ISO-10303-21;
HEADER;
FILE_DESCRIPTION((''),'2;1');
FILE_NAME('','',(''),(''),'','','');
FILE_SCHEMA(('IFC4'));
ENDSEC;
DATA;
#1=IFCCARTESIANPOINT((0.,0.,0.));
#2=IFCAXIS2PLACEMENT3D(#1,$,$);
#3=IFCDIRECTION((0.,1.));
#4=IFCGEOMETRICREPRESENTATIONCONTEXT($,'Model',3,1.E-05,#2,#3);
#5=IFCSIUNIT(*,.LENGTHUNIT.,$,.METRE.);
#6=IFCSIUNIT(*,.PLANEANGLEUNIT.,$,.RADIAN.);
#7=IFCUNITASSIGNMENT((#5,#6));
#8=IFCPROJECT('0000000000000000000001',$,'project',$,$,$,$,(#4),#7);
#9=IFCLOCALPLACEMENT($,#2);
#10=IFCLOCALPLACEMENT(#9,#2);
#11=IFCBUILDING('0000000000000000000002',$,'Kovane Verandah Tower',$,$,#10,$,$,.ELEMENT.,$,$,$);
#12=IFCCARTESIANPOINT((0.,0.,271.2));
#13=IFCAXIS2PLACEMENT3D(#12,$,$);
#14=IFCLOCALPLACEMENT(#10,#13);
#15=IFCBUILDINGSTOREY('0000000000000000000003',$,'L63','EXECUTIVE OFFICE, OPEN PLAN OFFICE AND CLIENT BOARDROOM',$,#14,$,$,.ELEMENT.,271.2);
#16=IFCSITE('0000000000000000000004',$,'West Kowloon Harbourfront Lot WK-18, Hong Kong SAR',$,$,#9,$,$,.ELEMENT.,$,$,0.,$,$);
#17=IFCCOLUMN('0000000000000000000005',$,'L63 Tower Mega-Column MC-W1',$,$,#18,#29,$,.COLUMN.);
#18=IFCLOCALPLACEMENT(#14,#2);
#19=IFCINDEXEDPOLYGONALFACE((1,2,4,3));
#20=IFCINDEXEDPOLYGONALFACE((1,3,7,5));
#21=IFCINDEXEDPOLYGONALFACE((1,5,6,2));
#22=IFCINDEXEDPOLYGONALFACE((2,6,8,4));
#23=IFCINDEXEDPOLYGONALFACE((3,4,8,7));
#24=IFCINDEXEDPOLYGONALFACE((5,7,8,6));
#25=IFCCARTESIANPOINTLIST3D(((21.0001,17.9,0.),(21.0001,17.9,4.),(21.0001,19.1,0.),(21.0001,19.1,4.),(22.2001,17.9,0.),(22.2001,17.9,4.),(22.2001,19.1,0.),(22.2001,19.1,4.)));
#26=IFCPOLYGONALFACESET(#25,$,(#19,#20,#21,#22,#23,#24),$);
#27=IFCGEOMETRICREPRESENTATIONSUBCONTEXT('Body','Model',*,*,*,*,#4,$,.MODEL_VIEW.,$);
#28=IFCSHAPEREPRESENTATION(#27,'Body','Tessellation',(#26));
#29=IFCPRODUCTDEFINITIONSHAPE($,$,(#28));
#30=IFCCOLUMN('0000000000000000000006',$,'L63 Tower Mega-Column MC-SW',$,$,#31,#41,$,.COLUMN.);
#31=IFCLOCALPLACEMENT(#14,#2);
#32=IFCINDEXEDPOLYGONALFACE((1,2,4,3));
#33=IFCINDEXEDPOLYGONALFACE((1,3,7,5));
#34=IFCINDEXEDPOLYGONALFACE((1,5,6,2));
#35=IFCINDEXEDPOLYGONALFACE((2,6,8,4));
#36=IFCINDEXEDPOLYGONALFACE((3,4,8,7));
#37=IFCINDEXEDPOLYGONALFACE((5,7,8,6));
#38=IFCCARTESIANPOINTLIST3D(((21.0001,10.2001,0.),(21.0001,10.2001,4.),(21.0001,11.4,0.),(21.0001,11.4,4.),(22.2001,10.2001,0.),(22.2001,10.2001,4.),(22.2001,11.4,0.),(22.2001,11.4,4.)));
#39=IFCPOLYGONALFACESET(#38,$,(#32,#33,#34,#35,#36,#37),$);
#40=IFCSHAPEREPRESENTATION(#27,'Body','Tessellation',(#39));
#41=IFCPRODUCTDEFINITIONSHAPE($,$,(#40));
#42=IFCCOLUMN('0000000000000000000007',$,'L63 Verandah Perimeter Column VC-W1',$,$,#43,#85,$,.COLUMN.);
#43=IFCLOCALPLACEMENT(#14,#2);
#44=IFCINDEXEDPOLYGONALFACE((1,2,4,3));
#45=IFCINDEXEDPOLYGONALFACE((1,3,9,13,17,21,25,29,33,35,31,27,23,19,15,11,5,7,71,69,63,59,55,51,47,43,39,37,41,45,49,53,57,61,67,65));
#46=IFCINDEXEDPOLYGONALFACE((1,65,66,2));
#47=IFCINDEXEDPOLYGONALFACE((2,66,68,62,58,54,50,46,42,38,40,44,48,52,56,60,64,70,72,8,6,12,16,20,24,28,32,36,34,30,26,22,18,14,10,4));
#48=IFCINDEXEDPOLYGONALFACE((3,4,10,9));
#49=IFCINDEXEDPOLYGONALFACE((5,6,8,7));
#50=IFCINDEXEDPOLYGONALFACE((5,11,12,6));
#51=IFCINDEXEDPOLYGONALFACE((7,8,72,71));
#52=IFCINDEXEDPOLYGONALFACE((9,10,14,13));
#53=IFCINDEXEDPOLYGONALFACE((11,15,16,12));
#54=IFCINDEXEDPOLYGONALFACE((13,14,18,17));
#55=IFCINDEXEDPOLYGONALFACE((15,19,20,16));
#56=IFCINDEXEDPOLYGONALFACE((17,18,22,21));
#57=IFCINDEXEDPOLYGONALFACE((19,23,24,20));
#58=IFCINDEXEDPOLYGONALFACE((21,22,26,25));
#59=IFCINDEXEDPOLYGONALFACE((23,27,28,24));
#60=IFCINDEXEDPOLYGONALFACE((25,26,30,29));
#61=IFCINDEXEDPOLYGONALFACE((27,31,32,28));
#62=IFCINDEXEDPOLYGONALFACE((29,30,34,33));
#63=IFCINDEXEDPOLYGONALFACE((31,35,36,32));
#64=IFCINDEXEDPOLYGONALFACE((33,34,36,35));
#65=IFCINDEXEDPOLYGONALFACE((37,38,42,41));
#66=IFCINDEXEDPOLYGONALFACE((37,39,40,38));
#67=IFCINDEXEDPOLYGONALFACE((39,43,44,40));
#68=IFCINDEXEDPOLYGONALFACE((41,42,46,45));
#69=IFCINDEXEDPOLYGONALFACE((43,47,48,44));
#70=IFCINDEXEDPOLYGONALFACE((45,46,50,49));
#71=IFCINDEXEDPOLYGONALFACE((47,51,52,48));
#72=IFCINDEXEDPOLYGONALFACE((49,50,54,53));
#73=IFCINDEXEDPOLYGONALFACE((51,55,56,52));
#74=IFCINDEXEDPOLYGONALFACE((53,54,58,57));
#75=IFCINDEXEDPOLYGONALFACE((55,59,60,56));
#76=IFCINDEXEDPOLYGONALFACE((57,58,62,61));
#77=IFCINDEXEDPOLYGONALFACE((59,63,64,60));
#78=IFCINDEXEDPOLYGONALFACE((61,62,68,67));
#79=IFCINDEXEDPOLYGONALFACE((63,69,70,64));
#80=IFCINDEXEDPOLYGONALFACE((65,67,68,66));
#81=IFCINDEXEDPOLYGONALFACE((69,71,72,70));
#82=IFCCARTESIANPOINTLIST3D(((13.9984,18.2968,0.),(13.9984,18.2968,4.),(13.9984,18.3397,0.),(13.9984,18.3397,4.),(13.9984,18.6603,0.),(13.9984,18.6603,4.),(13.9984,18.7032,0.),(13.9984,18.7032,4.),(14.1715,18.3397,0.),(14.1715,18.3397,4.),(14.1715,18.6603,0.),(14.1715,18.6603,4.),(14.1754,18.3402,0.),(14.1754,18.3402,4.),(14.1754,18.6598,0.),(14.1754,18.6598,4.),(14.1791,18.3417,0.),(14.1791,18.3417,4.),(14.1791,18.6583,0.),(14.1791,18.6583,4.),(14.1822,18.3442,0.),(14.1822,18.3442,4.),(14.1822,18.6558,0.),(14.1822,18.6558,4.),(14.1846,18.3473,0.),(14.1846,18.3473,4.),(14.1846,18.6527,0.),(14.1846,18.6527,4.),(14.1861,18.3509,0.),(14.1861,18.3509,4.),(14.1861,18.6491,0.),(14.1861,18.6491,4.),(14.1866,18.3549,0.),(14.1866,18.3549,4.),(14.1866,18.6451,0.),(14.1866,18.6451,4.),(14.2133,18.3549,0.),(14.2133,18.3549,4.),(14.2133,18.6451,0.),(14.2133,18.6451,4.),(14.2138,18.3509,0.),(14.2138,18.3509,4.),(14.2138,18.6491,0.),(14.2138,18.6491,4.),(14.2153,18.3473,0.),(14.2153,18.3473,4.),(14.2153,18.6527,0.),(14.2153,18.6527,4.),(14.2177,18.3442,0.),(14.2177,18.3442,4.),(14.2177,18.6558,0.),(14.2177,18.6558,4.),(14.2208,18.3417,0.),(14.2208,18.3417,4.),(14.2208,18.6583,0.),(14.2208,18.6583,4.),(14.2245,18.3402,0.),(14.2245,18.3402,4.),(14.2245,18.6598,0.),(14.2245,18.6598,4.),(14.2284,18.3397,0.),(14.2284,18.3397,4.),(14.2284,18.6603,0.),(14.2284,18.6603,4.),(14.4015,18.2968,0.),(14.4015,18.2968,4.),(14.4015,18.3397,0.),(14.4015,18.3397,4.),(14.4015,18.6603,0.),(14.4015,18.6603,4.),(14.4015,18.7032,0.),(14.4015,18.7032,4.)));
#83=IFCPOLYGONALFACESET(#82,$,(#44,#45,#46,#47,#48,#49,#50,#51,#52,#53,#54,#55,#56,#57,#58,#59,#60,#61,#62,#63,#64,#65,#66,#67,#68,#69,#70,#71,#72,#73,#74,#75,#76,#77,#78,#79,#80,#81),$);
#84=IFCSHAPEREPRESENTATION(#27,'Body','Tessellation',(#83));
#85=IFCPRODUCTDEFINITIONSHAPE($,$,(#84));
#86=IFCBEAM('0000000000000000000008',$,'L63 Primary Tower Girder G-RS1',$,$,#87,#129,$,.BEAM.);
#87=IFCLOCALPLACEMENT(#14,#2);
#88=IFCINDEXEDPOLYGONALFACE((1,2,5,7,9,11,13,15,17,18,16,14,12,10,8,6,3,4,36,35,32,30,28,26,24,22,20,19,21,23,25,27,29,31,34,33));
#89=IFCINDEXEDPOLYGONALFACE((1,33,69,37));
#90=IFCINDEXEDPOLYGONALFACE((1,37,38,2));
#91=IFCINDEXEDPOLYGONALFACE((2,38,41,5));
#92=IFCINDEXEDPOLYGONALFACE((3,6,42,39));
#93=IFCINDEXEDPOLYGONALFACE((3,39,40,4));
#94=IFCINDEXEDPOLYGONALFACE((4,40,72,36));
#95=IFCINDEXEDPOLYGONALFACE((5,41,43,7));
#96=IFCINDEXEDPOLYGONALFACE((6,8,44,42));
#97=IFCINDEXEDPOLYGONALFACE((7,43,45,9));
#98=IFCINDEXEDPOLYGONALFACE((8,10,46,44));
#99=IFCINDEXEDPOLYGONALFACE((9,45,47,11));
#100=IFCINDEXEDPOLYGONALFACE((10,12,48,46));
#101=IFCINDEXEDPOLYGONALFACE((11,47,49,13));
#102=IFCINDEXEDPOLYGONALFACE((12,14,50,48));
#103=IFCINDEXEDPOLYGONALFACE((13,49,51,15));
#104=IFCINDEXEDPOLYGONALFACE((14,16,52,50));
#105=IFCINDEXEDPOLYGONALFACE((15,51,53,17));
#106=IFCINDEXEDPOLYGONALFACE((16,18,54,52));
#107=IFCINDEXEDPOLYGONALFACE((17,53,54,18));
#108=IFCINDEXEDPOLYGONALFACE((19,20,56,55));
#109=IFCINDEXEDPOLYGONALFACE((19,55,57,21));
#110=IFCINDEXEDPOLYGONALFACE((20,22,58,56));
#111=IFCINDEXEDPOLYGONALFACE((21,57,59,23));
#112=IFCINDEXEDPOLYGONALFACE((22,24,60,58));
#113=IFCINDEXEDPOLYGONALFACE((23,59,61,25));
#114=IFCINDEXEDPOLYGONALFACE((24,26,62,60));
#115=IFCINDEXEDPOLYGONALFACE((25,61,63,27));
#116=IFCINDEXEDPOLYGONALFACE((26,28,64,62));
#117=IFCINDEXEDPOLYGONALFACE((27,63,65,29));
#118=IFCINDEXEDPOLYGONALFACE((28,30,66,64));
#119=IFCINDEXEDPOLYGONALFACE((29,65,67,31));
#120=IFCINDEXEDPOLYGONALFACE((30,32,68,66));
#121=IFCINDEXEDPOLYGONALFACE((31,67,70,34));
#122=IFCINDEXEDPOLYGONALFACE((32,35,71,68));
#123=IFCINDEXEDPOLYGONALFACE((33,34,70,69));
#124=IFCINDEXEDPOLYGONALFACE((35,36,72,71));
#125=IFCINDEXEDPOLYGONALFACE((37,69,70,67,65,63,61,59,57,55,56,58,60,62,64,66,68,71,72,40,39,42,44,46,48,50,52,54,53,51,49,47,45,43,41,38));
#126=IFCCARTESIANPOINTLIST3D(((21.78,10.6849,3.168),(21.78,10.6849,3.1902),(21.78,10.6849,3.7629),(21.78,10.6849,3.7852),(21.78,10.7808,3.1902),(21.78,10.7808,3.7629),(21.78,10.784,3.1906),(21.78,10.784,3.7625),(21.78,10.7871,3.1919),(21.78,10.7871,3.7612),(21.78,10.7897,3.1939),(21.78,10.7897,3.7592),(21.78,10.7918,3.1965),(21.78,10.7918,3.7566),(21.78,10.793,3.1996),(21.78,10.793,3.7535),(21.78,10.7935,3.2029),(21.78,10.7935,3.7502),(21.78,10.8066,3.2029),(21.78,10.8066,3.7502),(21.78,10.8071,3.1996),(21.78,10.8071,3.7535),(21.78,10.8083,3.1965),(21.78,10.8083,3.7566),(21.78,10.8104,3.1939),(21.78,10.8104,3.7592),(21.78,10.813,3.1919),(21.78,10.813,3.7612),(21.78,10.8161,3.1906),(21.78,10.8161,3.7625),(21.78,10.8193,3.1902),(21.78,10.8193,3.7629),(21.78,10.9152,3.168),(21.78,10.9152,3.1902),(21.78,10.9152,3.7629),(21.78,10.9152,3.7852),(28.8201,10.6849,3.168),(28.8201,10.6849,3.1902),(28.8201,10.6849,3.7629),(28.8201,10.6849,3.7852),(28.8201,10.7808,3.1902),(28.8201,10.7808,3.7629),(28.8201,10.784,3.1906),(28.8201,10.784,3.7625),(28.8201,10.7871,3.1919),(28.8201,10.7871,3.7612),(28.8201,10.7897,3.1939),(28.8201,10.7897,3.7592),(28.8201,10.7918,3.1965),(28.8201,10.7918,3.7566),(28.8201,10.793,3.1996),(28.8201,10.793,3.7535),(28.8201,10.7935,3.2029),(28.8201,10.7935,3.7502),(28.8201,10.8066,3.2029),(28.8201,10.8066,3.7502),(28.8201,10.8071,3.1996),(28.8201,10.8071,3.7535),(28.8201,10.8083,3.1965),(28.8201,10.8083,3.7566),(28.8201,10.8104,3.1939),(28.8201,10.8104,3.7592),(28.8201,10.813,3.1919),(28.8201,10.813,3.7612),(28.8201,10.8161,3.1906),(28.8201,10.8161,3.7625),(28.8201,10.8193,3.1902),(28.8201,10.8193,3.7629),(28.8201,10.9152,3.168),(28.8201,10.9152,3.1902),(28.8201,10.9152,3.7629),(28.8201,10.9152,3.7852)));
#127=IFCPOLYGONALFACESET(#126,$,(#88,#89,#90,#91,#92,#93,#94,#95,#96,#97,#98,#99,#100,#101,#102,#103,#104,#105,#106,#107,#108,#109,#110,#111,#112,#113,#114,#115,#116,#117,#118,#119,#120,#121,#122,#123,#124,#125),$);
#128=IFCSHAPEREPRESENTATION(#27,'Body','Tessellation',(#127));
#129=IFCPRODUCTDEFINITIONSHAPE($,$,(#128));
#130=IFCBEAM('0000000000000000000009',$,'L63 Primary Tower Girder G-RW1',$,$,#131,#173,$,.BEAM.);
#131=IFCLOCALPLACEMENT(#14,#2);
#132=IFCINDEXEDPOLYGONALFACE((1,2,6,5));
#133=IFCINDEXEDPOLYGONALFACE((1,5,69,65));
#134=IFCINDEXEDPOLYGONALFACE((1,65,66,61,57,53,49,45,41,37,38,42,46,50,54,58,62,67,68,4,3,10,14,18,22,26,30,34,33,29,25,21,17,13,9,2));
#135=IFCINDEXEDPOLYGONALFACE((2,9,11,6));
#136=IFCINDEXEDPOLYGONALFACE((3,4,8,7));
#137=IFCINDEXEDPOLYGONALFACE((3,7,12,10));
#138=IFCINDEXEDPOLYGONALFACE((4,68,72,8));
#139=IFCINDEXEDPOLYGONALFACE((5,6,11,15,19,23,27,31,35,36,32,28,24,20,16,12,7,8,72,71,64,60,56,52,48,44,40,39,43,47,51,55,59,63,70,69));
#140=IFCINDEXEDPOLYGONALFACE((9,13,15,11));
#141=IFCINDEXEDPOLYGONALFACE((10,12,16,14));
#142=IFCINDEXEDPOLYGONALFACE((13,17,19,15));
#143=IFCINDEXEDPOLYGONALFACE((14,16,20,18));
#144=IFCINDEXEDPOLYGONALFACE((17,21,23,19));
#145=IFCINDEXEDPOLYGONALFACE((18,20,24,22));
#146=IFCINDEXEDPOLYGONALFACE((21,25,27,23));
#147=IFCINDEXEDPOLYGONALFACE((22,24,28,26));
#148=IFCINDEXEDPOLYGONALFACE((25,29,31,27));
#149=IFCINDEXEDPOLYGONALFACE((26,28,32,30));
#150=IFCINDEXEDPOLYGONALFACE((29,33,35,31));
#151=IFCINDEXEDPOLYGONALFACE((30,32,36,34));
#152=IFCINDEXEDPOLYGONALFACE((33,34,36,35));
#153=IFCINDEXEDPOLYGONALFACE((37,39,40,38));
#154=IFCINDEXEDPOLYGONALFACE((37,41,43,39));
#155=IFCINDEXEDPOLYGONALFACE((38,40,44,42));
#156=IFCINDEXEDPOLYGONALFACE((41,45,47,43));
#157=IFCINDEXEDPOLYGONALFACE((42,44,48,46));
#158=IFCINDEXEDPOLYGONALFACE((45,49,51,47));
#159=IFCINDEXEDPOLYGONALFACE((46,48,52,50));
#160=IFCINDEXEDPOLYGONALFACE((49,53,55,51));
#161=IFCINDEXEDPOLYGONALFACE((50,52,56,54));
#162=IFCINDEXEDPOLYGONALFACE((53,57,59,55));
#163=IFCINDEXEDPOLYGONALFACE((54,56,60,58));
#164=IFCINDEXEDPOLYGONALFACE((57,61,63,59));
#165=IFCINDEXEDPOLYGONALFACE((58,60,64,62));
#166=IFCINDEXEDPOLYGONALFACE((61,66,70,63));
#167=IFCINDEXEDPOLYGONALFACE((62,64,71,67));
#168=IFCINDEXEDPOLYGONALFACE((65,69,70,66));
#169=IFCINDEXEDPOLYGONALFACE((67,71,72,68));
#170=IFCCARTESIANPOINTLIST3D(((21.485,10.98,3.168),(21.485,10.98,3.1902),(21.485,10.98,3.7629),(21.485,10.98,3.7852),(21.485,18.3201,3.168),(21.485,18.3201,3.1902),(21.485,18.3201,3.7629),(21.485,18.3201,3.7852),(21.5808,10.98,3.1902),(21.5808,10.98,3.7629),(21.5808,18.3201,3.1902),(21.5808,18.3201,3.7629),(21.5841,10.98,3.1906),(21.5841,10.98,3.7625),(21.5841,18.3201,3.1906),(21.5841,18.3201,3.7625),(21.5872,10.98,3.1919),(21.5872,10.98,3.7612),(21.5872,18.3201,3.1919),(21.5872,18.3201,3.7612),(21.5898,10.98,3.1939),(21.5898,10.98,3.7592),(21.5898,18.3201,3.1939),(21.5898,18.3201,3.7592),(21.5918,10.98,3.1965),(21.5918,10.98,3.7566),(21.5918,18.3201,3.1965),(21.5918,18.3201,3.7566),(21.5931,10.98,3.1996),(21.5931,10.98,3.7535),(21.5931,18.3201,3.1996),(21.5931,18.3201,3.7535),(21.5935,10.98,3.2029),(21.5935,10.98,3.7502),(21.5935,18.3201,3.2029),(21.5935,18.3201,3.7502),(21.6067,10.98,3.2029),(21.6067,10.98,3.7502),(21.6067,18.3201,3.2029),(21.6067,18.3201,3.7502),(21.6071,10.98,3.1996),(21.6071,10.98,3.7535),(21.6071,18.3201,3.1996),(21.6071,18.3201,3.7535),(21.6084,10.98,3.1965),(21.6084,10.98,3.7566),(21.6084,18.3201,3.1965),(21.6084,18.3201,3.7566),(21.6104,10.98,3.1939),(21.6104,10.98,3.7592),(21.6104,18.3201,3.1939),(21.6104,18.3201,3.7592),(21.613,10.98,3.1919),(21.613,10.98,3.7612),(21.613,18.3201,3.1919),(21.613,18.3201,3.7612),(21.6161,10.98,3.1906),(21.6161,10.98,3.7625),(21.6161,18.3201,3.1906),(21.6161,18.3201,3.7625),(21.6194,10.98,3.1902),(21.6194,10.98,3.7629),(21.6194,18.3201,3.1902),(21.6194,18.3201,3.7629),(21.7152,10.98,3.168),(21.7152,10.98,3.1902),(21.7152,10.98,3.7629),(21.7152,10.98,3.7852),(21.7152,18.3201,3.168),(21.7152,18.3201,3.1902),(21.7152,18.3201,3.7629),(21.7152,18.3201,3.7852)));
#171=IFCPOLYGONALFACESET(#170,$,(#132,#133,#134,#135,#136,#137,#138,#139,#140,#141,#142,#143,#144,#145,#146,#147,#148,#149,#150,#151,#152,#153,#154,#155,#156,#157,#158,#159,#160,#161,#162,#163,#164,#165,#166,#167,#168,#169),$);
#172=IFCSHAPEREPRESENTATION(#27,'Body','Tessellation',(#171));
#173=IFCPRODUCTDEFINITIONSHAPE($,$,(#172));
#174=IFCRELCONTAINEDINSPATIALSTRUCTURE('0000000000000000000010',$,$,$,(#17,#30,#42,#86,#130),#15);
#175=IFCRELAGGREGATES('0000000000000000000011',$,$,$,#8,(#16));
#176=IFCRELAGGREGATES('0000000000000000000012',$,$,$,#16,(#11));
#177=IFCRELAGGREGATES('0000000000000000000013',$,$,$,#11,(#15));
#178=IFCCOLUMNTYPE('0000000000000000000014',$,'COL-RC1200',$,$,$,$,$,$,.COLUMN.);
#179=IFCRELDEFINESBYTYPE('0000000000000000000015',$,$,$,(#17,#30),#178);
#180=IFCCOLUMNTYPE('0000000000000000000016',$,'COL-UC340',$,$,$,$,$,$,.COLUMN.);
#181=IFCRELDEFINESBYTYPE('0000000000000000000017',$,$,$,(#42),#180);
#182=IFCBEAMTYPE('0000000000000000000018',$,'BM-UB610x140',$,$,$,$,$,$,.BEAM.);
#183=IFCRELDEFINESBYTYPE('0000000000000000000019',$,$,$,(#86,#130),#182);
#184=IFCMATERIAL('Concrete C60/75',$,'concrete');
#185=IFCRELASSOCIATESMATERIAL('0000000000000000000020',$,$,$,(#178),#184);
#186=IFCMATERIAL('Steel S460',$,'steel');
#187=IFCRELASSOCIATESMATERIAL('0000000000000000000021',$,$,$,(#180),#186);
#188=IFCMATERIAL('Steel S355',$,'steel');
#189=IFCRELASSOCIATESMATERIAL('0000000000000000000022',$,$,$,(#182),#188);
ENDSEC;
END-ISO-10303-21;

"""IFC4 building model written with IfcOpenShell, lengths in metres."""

from ifc_helpers import new_model, si_unit, direction, frame, origin, origin_2d, place, context, subcontext, project, spatial, rectangle, i_section, extrude, material, material_profile, profile_set, type_object, element, save


model = new_model("IFC4")

# Units and contexts
model_context = context("Model", 3, precision=1e-05, world=origin(), true_north=direction((0.0, 1.0)))
body_context = subcontext(model_context, "Body", "Model", "MODEL_VIEW")
ifc_project = project(units=[si_unit("LENGTHUNIT", "METRE"), si_unit("PLANEANGLEUNIT", "RADIAN")], contexts=[model_context])

# Site, building, storey
site_placement = place(None, origin())
site = spatial("IfcSite", under=ifc_project, at=site_placement, Name="West Kowloon Harbourfront Lot WK-18, Hong Kong SAR", CompositionType="ELEMENT", RefElevation=0.0)
building_placement = place(site_placement, origin())
building = spatial("IfcBuilding", under=site, at=building_placement, Name="Kovane Verandah Tower", CompositionType="ELEMENT")
storey_placement = place(building_placement, frame((0.0, 0.0, 271.2)))
storey = spatial("IfcBuildingStorey", under=building, at=storey_placement, Name="L63", Description="EXECUTIVE OFFICE, OPEN PLAN OFFICE AND CLIENT BOARDROOM", CompositionType="ELEMENT", Elevation=271.2)

# Columns
ifc_material_1 = material(Name="Concrete C60/75", Category="concrete")
ifc_material_profile_1 = material_profile(ifc_material_1, rectangle(XDim=1.2, YDim=1.2, at=origin_2d()), Name="RC1200x1200")
ifc_profile_set_1 = profile_set([ifc_material_profile_1], Name="Concrete C60/75")
column_type_1 = type_object("IfcColumnType", Name="COL-RC1200", PredefinedType="COLUMN", material=ifc_profile_set_1)
for number, where, z_axis, x_axis, name in (
    (1, (21.6001, 18.5, 0.0), (0.0, 0.0, 1.0), (1.0, 0.0, 0.0), "L63 Tower Mega-Column MC-W1"),
    (2, (21.6001, 10.8, 0.0), (0.0, 0.0, 1.0), (1.0, 0.0, 0.0), "L63 Tower Mega-Column MC-SW"),
):
    element("IfcColumn", number, at=place(storey_placement, frame(where, z_axis=z_axis, x_axis=x_axis)), inside=storey, type_object=column_type_1, Name=name, PredefinedType="COLUMN", context=body_context, shape_type="SweptSolid", body=[
        extrude(rectangle(XDim=1.2, YDim=1.2, at=origin_2d()), origin(), (0.0, 0.0, 1.0), 4.0),
    ])
ifc_material_2 = material(Name="Steel S460", Category="steel")
ifc_material_profile_2 = material_profile(ifc_material_2, i_section(OverallWidth=0.4031, OverallDepth=0.4065, WebThickness=0.0266, FlangeThickness=0.043, FilletRadius=0.0151, at=origin_2d()), Name="UC356x406x340")
ifc_profile_set_2 = profile_set([ifc_material_profile_2], Name="Steel S460")
column_type_2 = type_object("IfcColumnType", Name="COL-UC340", PredefinedType="COLUMN", material=ifc_profile_set_2)
column_placement = place(storey_placement, frame((14.2, 18.5, 0.0), z_axis=(0.0, 0.0, 1.0), x_axis=(1.0, 0.0, 0.0)))
element("IfcColumn", 3, at=column_placement, inside=storey, type_object=column_type_2, Name="L63 Verandah Perimeter Column VC-W1", PredefinedType="COLUMN", context=body_context, shape_type="SweptSolid", body=[
    extrude(i_section(OverallWidth=0.4031, OverallDepth=0.4065, WebThickness=0.0266, FlangeThickness=0.043, FilletRadius=0.0151, at=origin_2d()), origin(), (0.0, 0.0, 1.0), 4.0),
])

# Beams
ifc_material_3 = material(Name="Steel S355", Category="steel")
ifc_material_profile_3 = material_profile(ifc_material_3, i_section(OverallWidth=0.2302, OverallDepth=0.6172, WebThickness=0.0132, FlangeThickness=0.0222, FilletRadius=0.0127, at=origin_2d()), Name="UB610x229x140")
ifc_profile_set_3 = profile_set([ifc_material_profile_3], Name="Steel S355")
beam_type_1 = type_object("IfcBeamType", Name="BM-UB610x140", PredefinedType="BEAM", material=ifc_profile_set_3)
beam_1_placement = place(storey_placement, frame((21.78, 10.8, 3.4766), z_axis=(1.0, 0.0, 0.0), x_axis=(0.0, 1.0, 0.0)))
element("IfcBeam", 4, at=beam_1_placement, inside=storey, type_object=beam_type_1, Name="L63 Primary Tower Girder G-RS1", PredefinedType="BEAM", context=body_context, shape_type="SweptSolid", body=[
    extrude(i_section(OverallWidth=0.2302, OverallDepth=0.6172, WebThickness=0.0132, FlangeThickness=0.0222, FilletRadius=0.0127, at=origin_2d()), origin(), (0.0, 0.0, 1.0), 7.04),
])
beam_2_placement = place(storey_placement, frame((21.6001, 10.98, 3.4766), z_axis=(0.0, 1.0, 0.0), x_axis=(-1.0, 0.0, 0.0)))
element("IfcBeam", 5, at=beam_2_placement, inside=storey, type_object=beam_type_1, Name="L63 Primary Tower Girder G-RW1", PredefinedType="BEAM", context=body_context, shape_type="SweptSolid", body=[
    extrude(i_section(OverallWidth=0.2302, OverallDepth=0.6172, WebThickness=0.0132, FlangeThickness=0.0222, FilletRadius=0.0127, at=origin_2d()), origin(), (0.0, 0.0, 1.0), 7.3401),
])

save(model, "model.ifc")
